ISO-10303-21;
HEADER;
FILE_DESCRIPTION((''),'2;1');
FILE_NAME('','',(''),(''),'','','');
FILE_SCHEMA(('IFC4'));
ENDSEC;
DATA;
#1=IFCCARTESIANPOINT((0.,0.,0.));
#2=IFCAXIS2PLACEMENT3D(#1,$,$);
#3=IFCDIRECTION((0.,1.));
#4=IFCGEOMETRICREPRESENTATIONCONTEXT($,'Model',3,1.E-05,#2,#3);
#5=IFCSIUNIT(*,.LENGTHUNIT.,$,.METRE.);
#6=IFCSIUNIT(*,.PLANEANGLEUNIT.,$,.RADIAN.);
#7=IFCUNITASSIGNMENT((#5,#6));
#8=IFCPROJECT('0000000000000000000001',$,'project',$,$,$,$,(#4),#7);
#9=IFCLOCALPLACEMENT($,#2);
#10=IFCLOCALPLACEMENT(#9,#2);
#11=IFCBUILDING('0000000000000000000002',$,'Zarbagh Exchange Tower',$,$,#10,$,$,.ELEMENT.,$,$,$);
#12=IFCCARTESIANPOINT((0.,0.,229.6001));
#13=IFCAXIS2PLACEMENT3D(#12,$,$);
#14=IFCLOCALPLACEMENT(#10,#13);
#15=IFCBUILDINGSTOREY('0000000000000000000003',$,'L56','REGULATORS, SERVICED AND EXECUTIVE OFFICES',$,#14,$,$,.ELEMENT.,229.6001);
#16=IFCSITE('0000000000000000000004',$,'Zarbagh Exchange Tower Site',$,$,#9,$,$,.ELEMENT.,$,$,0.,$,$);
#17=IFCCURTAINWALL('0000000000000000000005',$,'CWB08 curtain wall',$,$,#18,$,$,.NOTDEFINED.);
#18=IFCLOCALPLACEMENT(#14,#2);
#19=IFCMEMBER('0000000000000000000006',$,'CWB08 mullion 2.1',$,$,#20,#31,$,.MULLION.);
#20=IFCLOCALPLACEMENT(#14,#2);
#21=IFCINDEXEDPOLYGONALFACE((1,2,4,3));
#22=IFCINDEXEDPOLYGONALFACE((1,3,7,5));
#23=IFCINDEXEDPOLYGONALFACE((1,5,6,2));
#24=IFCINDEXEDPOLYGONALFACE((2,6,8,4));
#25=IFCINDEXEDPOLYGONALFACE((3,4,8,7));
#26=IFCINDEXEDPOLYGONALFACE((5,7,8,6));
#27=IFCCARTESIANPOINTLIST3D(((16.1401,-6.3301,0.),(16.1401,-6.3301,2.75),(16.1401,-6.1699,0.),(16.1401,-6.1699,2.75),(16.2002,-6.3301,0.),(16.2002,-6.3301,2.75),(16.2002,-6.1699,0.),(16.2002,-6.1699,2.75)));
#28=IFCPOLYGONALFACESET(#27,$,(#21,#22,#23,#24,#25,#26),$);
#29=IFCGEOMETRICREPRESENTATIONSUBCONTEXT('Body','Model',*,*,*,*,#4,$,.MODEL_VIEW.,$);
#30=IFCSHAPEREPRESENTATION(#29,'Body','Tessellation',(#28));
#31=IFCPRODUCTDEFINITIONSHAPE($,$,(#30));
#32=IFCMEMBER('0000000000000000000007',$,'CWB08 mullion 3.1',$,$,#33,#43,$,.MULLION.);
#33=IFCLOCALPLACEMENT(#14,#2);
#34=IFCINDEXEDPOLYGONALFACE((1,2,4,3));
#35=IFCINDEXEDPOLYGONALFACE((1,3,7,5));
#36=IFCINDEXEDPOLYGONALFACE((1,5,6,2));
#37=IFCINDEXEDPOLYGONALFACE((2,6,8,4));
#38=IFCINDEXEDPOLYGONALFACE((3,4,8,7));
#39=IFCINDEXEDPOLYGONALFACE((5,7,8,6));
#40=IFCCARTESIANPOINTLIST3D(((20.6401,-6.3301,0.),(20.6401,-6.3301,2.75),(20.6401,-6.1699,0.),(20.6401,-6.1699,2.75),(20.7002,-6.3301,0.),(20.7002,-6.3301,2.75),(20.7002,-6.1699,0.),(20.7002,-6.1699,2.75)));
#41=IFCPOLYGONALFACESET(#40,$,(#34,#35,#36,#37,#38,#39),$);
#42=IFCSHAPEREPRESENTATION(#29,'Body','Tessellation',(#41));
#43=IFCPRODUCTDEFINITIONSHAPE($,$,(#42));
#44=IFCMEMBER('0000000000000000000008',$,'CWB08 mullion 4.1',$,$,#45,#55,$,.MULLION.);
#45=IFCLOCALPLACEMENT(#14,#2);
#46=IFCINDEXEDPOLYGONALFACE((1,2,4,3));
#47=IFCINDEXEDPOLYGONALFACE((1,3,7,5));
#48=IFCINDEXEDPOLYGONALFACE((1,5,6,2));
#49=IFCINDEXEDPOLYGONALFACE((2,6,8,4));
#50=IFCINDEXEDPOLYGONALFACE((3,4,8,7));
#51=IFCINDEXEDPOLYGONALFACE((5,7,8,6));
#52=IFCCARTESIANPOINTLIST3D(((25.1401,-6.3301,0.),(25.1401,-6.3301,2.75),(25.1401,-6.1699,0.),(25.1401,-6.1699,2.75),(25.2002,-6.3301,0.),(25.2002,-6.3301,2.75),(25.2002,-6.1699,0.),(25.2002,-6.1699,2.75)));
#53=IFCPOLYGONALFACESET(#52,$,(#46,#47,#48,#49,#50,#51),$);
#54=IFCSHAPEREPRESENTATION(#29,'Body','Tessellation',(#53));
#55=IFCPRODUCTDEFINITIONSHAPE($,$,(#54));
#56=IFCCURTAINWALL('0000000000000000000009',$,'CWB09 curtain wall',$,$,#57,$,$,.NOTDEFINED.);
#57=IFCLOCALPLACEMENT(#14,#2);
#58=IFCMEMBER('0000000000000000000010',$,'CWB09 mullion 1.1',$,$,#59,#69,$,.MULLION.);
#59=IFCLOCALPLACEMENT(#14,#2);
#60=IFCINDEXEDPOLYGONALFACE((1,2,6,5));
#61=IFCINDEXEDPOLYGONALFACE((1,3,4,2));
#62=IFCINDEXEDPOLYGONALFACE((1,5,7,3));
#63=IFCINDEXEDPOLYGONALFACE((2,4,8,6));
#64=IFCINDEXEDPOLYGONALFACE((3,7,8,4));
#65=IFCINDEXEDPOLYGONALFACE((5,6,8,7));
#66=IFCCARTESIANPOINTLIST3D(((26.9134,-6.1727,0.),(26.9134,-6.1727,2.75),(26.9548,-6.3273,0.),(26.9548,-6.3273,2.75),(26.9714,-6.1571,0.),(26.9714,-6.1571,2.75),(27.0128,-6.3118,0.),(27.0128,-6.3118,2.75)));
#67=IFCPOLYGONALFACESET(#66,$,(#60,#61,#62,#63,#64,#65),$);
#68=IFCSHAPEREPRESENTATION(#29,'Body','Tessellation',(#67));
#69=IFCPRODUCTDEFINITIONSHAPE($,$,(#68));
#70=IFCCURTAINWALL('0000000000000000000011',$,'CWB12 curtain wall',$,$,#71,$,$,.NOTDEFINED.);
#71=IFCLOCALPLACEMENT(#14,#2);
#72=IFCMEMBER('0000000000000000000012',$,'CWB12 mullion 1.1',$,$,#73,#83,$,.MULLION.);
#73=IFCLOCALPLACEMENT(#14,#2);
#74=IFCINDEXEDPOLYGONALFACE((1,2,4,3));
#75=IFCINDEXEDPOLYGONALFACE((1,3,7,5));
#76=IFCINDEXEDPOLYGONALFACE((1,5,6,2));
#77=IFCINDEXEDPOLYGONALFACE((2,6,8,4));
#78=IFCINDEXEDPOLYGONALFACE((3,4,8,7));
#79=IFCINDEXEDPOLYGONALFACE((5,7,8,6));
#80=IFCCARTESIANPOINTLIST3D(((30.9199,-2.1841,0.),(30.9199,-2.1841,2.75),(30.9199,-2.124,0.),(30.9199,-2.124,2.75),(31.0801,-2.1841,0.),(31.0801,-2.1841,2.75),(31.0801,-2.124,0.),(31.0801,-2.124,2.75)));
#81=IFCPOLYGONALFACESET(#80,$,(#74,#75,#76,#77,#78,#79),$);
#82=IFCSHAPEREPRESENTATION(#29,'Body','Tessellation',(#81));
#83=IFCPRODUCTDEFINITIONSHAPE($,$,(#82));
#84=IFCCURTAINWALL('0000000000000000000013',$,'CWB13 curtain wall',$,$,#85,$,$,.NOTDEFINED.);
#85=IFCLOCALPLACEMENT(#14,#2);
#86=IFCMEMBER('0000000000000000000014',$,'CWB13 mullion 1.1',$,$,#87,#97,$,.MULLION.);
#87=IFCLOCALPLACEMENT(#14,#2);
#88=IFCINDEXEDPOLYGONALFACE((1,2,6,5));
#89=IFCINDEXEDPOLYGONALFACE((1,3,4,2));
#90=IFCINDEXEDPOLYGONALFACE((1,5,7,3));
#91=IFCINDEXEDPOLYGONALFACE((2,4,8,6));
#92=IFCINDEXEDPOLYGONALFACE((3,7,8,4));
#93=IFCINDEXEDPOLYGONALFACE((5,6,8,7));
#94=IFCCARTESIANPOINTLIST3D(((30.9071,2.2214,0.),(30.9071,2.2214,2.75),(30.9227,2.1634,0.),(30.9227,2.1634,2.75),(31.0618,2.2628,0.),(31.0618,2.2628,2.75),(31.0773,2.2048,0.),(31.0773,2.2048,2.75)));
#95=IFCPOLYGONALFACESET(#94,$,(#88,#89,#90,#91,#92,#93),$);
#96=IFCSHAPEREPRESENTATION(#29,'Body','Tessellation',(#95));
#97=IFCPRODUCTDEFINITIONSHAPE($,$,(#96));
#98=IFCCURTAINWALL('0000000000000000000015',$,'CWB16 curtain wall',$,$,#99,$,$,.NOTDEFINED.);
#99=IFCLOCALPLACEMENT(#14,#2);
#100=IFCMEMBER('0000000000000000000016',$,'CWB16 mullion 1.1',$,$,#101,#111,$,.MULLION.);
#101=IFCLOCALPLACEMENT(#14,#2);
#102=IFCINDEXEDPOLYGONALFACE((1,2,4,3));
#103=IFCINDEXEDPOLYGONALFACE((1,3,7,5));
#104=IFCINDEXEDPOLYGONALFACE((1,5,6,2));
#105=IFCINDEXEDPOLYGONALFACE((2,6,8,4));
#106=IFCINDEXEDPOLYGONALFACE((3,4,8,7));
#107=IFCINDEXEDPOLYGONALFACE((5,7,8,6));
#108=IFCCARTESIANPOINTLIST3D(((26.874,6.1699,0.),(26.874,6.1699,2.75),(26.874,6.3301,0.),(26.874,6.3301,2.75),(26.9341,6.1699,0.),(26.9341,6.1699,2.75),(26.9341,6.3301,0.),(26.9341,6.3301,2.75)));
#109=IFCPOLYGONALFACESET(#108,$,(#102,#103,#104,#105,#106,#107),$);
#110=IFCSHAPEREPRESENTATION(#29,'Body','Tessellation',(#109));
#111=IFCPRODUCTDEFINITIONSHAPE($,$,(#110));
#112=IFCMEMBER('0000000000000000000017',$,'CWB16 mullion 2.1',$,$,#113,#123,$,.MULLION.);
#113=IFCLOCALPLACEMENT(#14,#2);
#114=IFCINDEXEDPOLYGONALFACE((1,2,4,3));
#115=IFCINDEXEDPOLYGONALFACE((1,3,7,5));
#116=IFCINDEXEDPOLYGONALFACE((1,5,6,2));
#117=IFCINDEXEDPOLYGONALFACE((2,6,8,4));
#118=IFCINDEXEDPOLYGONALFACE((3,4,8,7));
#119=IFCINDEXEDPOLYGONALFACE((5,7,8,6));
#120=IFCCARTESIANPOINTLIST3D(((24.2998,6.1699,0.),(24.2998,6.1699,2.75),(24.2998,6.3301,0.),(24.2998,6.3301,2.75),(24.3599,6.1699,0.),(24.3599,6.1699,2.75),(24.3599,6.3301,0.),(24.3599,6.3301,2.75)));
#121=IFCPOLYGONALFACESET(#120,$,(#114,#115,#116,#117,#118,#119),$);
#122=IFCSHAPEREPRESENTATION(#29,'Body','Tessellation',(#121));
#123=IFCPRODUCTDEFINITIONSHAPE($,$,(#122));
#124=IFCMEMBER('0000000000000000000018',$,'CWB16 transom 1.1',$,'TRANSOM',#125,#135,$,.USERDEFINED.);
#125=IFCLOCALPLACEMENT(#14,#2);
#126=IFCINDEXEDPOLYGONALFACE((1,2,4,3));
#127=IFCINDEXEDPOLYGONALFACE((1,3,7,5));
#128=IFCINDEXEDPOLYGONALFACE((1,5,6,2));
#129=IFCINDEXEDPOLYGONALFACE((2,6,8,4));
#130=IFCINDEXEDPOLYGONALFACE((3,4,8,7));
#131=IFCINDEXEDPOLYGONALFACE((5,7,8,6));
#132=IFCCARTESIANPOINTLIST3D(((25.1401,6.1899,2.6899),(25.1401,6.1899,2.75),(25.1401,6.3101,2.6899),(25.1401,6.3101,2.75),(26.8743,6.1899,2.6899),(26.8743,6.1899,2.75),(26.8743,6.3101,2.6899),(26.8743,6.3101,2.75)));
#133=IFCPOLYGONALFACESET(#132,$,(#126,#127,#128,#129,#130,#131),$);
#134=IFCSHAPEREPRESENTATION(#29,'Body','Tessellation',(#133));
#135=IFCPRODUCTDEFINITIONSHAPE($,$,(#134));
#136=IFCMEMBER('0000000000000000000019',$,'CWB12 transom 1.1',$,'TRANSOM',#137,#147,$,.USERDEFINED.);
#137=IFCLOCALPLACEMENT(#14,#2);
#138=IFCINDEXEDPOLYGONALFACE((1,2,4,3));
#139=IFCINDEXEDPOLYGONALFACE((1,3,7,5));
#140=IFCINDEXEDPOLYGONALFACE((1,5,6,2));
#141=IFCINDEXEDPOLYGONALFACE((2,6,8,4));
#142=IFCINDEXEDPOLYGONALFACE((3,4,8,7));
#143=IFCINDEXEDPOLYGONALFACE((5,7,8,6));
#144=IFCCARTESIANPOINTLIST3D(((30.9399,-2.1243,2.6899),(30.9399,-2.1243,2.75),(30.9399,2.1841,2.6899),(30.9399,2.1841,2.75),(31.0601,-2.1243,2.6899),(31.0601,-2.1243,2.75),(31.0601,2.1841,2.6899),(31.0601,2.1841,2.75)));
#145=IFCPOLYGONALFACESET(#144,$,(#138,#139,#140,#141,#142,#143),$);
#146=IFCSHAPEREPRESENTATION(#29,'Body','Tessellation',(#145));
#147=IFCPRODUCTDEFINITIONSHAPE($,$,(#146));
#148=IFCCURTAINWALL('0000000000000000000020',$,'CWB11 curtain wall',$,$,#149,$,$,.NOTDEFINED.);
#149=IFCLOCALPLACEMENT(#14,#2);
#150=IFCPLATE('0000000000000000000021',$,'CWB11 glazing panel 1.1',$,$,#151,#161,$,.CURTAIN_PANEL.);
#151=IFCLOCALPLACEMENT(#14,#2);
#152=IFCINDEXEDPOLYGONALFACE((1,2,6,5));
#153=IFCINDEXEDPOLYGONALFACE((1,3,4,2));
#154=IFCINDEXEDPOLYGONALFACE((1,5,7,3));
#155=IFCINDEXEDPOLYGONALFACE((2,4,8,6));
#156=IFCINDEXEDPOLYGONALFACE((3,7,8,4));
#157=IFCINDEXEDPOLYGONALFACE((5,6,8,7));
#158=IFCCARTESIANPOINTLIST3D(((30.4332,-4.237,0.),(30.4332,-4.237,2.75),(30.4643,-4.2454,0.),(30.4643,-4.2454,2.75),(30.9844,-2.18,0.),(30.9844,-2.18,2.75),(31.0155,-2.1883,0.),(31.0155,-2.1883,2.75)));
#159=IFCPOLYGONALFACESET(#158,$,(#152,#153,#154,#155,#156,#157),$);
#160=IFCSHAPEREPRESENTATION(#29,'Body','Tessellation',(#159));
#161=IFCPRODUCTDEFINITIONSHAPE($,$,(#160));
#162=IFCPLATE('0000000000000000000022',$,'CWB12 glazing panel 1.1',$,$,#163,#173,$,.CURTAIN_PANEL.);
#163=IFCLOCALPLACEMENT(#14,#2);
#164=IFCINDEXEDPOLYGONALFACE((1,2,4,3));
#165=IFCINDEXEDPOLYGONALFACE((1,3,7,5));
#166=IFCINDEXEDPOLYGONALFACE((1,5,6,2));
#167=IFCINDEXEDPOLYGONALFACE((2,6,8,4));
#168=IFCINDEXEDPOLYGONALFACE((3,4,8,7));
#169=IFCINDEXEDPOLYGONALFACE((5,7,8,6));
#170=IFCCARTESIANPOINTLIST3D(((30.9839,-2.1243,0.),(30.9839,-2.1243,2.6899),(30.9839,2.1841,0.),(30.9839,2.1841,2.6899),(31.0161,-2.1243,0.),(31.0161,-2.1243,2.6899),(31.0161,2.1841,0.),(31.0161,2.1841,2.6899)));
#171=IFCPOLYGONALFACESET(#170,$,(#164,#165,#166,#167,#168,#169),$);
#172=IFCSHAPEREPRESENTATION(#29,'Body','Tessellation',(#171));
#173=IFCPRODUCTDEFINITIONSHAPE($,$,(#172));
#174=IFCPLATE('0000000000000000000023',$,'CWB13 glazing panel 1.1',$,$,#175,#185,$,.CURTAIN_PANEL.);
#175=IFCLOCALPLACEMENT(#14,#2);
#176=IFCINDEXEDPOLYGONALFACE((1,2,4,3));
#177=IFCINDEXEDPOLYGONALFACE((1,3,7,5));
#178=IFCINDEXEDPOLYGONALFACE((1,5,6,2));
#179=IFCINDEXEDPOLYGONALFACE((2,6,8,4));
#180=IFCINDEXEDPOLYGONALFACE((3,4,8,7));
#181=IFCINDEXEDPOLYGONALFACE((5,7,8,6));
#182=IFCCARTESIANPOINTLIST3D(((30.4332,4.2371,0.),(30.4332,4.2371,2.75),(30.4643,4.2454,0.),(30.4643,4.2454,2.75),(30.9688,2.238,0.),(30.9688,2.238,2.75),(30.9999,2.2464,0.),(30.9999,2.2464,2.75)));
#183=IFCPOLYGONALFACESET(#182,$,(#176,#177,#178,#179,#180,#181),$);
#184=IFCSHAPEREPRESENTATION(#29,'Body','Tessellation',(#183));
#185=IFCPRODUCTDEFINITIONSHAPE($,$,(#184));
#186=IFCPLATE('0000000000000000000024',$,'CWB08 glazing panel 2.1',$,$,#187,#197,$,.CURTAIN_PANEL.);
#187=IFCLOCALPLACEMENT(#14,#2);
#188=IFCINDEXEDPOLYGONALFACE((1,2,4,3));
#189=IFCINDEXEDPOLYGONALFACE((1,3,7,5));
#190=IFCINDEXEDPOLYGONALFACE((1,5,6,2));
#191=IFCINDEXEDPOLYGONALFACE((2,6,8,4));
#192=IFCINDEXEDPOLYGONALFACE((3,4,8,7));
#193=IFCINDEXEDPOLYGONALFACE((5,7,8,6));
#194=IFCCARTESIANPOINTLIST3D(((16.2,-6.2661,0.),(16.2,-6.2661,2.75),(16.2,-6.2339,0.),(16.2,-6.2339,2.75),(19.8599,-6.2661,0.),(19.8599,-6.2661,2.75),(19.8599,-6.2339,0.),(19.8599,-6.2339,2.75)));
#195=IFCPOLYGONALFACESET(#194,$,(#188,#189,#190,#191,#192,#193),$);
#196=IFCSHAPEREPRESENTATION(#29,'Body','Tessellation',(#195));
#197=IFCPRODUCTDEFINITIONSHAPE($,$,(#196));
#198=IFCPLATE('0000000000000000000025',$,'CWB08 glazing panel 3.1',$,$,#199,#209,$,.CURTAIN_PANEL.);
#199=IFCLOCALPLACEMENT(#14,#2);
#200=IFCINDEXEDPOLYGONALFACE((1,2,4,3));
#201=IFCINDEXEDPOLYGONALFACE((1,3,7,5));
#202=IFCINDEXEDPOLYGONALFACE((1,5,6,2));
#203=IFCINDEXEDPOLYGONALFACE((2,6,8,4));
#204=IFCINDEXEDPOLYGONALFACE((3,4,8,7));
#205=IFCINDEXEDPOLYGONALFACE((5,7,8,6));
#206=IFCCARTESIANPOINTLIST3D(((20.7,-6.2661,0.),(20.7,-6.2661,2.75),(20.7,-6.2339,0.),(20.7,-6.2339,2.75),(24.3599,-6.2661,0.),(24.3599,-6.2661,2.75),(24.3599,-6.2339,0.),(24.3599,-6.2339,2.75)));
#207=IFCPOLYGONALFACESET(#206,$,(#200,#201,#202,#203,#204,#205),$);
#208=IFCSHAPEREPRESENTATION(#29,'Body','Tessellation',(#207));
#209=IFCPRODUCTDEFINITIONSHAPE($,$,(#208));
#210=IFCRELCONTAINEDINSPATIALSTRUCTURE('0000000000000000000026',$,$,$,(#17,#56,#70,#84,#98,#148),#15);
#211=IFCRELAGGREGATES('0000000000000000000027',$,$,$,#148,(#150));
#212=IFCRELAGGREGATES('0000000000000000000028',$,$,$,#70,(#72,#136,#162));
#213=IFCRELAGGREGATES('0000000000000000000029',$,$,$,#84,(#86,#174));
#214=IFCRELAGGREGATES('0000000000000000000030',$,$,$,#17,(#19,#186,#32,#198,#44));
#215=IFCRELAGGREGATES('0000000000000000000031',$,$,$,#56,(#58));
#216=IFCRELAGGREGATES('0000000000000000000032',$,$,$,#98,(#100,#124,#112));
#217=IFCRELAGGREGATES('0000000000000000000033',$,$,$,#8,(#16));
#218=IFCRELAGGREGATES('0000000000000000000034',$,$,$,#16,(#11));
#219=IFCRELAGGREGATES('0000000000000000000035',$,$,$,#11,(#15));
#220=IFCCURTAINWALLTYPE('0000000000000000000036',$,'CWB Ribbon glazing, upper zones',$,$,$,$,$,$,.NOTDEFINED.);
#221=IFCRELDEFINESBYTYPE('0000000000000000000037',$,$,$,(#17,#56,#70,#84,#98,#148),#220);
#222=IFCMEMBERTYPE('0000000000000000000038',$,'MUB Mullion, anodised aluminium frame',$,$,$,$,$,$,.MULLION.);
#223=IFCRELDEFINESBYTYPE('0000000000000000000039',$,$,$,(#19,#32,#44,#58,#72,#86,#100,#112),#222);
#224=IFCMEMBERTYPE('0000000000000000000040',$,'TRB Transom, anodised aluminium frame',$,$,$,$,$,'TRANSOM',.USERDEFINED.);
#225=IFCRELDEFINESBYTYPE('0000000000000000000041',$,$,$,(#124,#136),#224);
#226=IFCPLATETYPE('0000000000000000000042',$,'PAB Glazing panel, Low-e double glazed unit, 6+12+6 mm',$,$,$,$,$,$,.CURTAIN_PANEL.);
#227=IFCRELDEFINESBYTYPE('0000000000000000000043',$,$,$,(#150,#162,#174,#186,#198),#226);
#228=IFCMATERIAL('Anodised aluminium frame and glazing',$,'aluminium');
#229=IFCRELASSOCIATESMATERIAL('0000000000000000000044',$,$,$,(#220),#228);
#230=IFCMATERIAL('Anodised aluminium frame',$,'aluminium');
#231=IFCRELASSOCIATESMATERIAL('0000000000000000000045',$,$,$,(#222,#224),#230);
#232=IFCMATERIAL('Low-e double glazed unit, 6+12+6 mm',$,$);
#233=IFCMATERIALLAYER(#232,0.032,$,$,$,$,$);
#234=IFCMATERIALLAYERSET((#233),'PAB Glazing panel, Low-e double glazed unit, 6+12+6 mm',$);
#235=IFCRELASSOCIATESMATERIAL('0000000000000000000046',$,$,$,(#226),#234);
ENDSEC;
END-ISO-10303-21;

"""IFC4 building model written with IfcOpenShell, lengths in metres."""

from ifc_helpers import new_model, si_unit, direction, frame, origin, place, context, subcontext, project, spatial, polyline, outline, extrude, source, transform, mapped, material, layer, layer_set, type_object, element, aggregate, save


model = new_model("IFC4")

# Units and contexts
model_context = context("Model", 3, precision=1e-05, world=origin(), true_north=direction((0.0, 1.0)))
body_context = subcontext(model_context, "Body", "Model", "MODEL_VIEW")
ifc_project = project(units=[si_unit("LENGTHUNIT", "METRE"), si_unit("PLANEANGLEUNIT", "RADIAN")], contexts=[model_context])

# Site, building, storey
site_placement = place(None, origin())
site = spatial("IfcSite", under=ifc_project, at=site_placement, Name="Zarbagh Exchange Tower Site", CompositionType="ELEMENT", RefElevation=0.0)
building_placement = place(site_placement, origin())
building = spatial("IfcBuilding", under=site, at=building_placement, Name="Zarbagh Exchange Tower", CompositionType="ELEMENT")
storey_placement = place(building_placement, frame((0.0, 0.0, 229.6001)))
storey = spatial("IfcBuildingStorey", under=building, at=storey_placement, Name="L56", Description="REGULATORS, SERVICED AND EXECUTIVE OFFICES", CompositionType="ELEMENT", Elevation=229.6001)

# Curtain wall, members
ifc_material_1 = material(Name="Anodised aluminium frame and glazing", Category="aluminium")
curtain_wall_type = type_object("IfcCurtainWallType", Name="CWB Ribbon glazing, upper zones", PredefinedType="NOTDEFINED", material=ifc_material_1)
curtain_wall_1_placement = place(storey_placement, origin())
curtain_wall_1 = element("IfcCurtainWall", 1, at=curtain_wall_1_placement, inside=storey, type_object=curtain_wall_type, Name="CWB08 curtain wall", PredefinedType="NOTDEFINED")
ifc_material_2 = material(Name="Anodised aluminium frame", Category="aluminium")
member_type_1 = type_object("IfcMemberType", Name="MUB Mullion, anodised aluminium frame", PredefinedType="MULLION", material=ifc_material_2)
shared_shape_1 = source(origin(), body_context, "Body", "SweptSolid", [
    extrude(outline(polyline([(0.0, -0.0801), (0.0601, -0.0801), (0.0601, 0.0801), (0.0, 0.0801), (0.0, -0.0801)])), origin(), (0.0, 0.0, 1.0), 2.75),
])
placement = place(storey_placement, origin())
member_1 = element("IfcMember", 2, at=placement, type_object=member_type_1, Name="CWB08 mullion 2.1", PredefinedType="MULLION", context=body_context, shape_type="MappedRepresentation", body=[
    mapped(shared_shape_1, transform((16.1401, -6.25, 0.0), x_axis=(1.0, 0.0, 0.0), y_axis=(0.0, 1.0, 0.0), z_axis=(0.0, 0.0, 1.0))),
])
member_2 = element("IfcMember", 3, at=placement, type_object=member_type_1, Name="CWB08 mullion 3.1", PredefinedType="MULLION", context=body_context, shape_type="MappedRepresentation", body=[
    mapped(shared_shape_1, transform((20.6401, -6.25, 0.0), x_axis=(1.0, 0.0, 0.0), y_axis=(0.0, 1.0, 0.0), z_axis=(0.0, 0.0, 1.0))),
])
member_3 = element("IfcMember", 4, at=placement, type_object=member_type_1, Name="CWB08 mullion 4.1", PredefinedType="MULLION", context=body_context, shape_type="MappedRepresentation", body=[
    mapped(shared_shape_1, transform((25.1401, -6.25, 0.0), x_axis=(1.0, 0.0, 0.0), y_axis=(0.0, 1.0, 0.0), z_axis=(0.0, 0.0, 1.0))),
])

# Curtain walls, members
curtain_wall_2_placement = place(storey_placement, origin())
curtain_wall_2 = element("IfcCurtainWall", 5, at=curtain_wall_2_placement, inside=storey, type_object=curtain_wall_type, Name="CWB09 curtain wall", PredefinedType="NOTDEFINED")
member_4 = element("IfcMember", 6, at=placement, type_object=member_type_1, Name="CWB09 mullion 1.1", PredefinedType="MULLION", context=body_context, shape_type="MappedRepresentation", body=[
    mapped(shared_shape_1, transform((26.9341, -6.25, 0.0), x_axis=(0.965924, 0.258825, 0.0), y_axis=(-0.258825, 0.965924, 0.0), z_axis=(0.0, 0.0, 1.0))),
])
curtain_wall_3_placement = place(storey_placement, origin())
curtain_wall_3 = element("IfcCurtainWall", 7, at=curtain_wall_3_placement, inside=storey, type_object=curtain_wall_type, Name="CWB12 curtain wall", PredefinedType="NOTDEFINED")
member_5 = element("IfcMember", 8, at=placement, type_object=member_type_1, Name="CWB12 mullion 1.1", PredefinedType="MULLION", context=body_context, shape_type="MappedRepresentation", body=[
    mapped(shared_shape_1, transform((31.0, -2.1841, 0.0), x_axis=(0.0, 1.0, 0.0), y_axis=(-1.0, 0.0, 0.0), z_axis=(0.0, 0.0, 1.0))),
])
curtain_wall_4_placement = place(storey_placement, origin())
curtain_wall_4 = element("IfcCurtainWall", 9, at=curtain_wall_4_placement, inside=storey, type_object=curtain_wall_type, Name="CWB13 curtain wall", PredefinedType="NOTDEFINED")
member_6 = element("IfcMember", 10, at=placement, type_object=member_type_1, Name="CWB13 mullion 1.1", PredefinedType="MULLION", context=body_context, shape_type="MappedRepresentation", body=[
    mapped(shared_shape_1, transform((31.0, 2.1841, 0.0), x_axis=(-0.258825, 0.965924, 0.0), y_axis=(-0.965924, -0.258825, 0.0), z_axis=(0.0, 0.0, 1.0))),
])

# Curtain wall, members
curtain_wall_5_placement = place(storey_placement, origin())
curtain_wall_5 = element("IfcCurtainWall", 11, at=curtain_wall_5_placement, inside=storey, type_object=curtain_wall_type, Name="CWB16 curtain wall", PredefinedType="NOTDEFINED")
member_7 = element("IfcMember", 12, at=placement, type_object=member_type_1, Name="CWB16 mullion 1.1", PredefinedType="MULLION", context=body_context, shape_type="MappedRepresentation", body=[
    mapped(shared_shape_1, transform((26.9341, 6.25, 0.0), x_axis=(-1.0, 0.0, 0.0), y_axis=(0.0, -1.0, 0.0), z_axis=(0.0, 0.0, 1.0))),
])
member_8 = element("IfcMember", 13, at=placement, type_object=member_type_1, Name="CWB16 mullion 2.1", PredefinedType="MULLION", context=body_context, shape_type="MappedRepresentation", body=[
    mapped(shared_shape_1, transform((24.3599, 6.25, 0.0), x_axis=(-1.0, 0.0, 0.0), y_axis=(0.0, -1.0, 0.0), z_axis=(0.0, 0.0, 1.0))),
])
member_type_2 = type_object("IfcMemberType", Name="TRB Transom, anodised aluminium frame", ElementType="TRANSOM", PredefinedType="USERDEFINED", material=ifc_material_2)
shared_shape_2 = source(origin(), body_context, "Body", "SweptSolid", [
    extrude(outline(polyline([(-0.0601, -0.0601), (0.0, -0.0601), (0.0, 0.0601), (-0.0601, 0.0601), (-0.0601, -0.0601)])), origin(), (0.0, 0.0, 1.0), 1.7341),
])
member_9 = element("IfcMember", 14, at=placement, type_object=member_type_2, Name="CWB16 transom 1.1", ObjectType="TRANSOM", PredefinedType="USERDEFINED", context=body_context, shape_type="MappedRepresentation", body=[
    mapped(shared_shape_2, transform((26.8743, 6.25, 2.75), x_axis=(0.0, 0.0, 1.0), y_axis=(0.0, 1.0, 0.0), z_axis=(-1.0, 0.0, 0.0))),
])

# Member
shared_shape_3 = source(origin(), body_context, "Body", "SweptSolid", [
    extrude(outline(polyline([(-0.0601, -0.0601), (0.0, -0.0601), (0.0, 0.0601), (-0.0601, 0.0601), (-0.0601, -0.0601)])), origin(), (0.0, 0.0, 1.0), 4.3083),
])
member_10 = element("IfcMember", 15, at=placement, type_object=member_type_2, Name="CWB12 transom 1.1", ObjectType="TRANSOM", PredefinedType="USERDEFINED", context=body_context, shape_type="MappedRepresentation", body=[
    mapped(shared_shape_3, transform((31.0, -2.1243, 2.75), x_axis=(0.0, 0.0, 1.0), y_axis=(1.0, 0.0, 0.0), z_axis=(0.0, 1.0, 0.0))),
])

# Curtain wall, plate
curtain_wall_6_placement = place(storey_placement, origin())
curtain_wall_6 = element("IfcCurtainWall", 16, at=curtain_wall_6_placement, inside=storey, type_object=curtain_wall_type, Name="CWB11 curtain wall", PredefinedType="NOTDEFINED")
ifc_material_3 = material(Name="Low-e double glazed unit, 6+12+6 mm")
ifc_layer = layer(ifc_material_3, 0.032)
ifc_layer_set = layer_set([ifc_layer], Name="PAB Glazing panel, Low-e double glazed unit, 6+12+6 mm")
plate_type = type_object("IfcPlateType", Name="PAB Glazing panel, Low-e double glazed unit, 6+12+6 mm", PredefinedType="CURTAIN_PANEL", material=ifc_layer_set)
shared_shape_4 = source(origin(), body_context, "Body", "SweptSolid", [
    extrude(outline(polyline([(0.0, -0.0161), (2.1296, -0.0161), (2.1296, 0.0161), (0.0, 0.0161), (0.0, -0.0161)])), origin(), (0.0, 0.0, 1.0), 2.75),
])
plate_1 = element("IfcPlate", 17, at=placement, type_object=plate_type, Name="CWB11 glazing panel 1.1", PredefinedType="CURTAIN_PANEL", context=body_context, shape_type="MappedRepresentation", body=[
    mapped(shared_shape_4, transform((30.4487, -4.2412, 0.0), x_axis=(0.258825, 0.965924, 0.0), y_axis=(-0.965924, 0.258825, 0.0), z_axis=(0.0, 0.0, 1.0))),
])
aggregate(curtain_wall_6, [plate_1])

# Plates
shared_shape_5 = source(origin(), body_context, "Body", "SweptSolid", [
    extrude(outline(polyline([(0.0, -0.0161), (4.3083, -0.0161), (4.3083, 0.0161), (0.0, 0.0161), (0.0, -0.0161)])), origin(), (0.0, 0.0, 1.0), 2.6899),
])
plate_2 = element("IfcPlate", 18, at=placement, type_object=plate_type, Name="CWB12 glazing panel 1.1", PredefinedType="CURTAIN_PANEL", context=body_context, shape_type="MappedRepresentation", body=[
    mapped(shared_shape_5, transform((31.0, -2.1243, 0.0), x_axis=(0.0, 1.0, 0.0), y_axis=(-1.0, 0.0, 0.0), z_axis=(0.0, 0.0, 1.0))),
])
aggregate(curtain_wall_3, [member_5, member_10, plate_2])
shared_shape_6 = source(origin(), body_context, "Body", "SweptSolid", [
    extrude(outline(polyline([(0.0, -0.0161), (2.0696, -0.0161), (2.0696, 0.0161), (0.0, 0.0161), (0.0, -0.0161)])), origin(), (0.0, 0.0, 1.0), 2.75),
])
plate_3 = element("IfcPlate", 19, at=placement, type_object=plate_type, Name="CWB13 glazing panel 1.1", PredefinedType="CURTAIN_PANEL", context=body_context, shape_type="MappedRepresentation", body=[
    mapped(shared_shape_6, transform((30.9844, 2.2422, 0.0), x_axis=(-0.258825, 0.965924, 0.0), y_axis=(-0.965924, -0.258825, 0.0), z_axis=(0.0, 0.0, 1.0))),
])
aggregate(curtain_wall_4, [member_6, plate_3])
shared_shape_7 = source(origin(), body_context, "Body", "SweptSolid", [
    extrude(outline(polyline([(0.0, -0.0161), (3.6599, -0.0161), (3.6599, 0.0161), (0.0, 0.0161), (0.0, -0.0161)])), origin(), (0.0, 0.0, 1.0), 2.75),
])
plate_4 = element("IfcPlate", 20, at=placement, type_object=plate_type, Name="CWB08 glazing panel 2.1", PredefinedType="CURTAIN_PANEL", context=body_context, shape_type="MappedRepresentation", body=[
    mapped(shared_shape_7, transform((16.2, -6.25, 0.0), x_axis=(1.0, 0.0, 0.0), y_axis=(0.0, 1.0, 0.0), z_axis=(0.0, 0.0, 1.0))),
])
plate_5 = element("IfcPlate", 21, at=placement, type_object=plate_type, Name="CWB08 glazing panel 3.1", PredefinedType="CURTAIN_PANEL", context=body_context, shape_type="MappedRepresentation", body=[
    mapped(shared_shape_7, transform((20.7, -6.25, 0.0), x_axis=(1.0, 0.0, 0.0), y_axis=(0.0, 1.0, 0.0), z_axis=(0.0, 0.0, 1.0))),
])
aggregate(curtain_wall_1, [member_1, plate_4, member_2, plate_5, member_3])
aggregate(curtain_wall_2, [member_4])

aggregate(curtain_wall_5, [member_7, member_9, member_8])

save(model, "model.ifc")
